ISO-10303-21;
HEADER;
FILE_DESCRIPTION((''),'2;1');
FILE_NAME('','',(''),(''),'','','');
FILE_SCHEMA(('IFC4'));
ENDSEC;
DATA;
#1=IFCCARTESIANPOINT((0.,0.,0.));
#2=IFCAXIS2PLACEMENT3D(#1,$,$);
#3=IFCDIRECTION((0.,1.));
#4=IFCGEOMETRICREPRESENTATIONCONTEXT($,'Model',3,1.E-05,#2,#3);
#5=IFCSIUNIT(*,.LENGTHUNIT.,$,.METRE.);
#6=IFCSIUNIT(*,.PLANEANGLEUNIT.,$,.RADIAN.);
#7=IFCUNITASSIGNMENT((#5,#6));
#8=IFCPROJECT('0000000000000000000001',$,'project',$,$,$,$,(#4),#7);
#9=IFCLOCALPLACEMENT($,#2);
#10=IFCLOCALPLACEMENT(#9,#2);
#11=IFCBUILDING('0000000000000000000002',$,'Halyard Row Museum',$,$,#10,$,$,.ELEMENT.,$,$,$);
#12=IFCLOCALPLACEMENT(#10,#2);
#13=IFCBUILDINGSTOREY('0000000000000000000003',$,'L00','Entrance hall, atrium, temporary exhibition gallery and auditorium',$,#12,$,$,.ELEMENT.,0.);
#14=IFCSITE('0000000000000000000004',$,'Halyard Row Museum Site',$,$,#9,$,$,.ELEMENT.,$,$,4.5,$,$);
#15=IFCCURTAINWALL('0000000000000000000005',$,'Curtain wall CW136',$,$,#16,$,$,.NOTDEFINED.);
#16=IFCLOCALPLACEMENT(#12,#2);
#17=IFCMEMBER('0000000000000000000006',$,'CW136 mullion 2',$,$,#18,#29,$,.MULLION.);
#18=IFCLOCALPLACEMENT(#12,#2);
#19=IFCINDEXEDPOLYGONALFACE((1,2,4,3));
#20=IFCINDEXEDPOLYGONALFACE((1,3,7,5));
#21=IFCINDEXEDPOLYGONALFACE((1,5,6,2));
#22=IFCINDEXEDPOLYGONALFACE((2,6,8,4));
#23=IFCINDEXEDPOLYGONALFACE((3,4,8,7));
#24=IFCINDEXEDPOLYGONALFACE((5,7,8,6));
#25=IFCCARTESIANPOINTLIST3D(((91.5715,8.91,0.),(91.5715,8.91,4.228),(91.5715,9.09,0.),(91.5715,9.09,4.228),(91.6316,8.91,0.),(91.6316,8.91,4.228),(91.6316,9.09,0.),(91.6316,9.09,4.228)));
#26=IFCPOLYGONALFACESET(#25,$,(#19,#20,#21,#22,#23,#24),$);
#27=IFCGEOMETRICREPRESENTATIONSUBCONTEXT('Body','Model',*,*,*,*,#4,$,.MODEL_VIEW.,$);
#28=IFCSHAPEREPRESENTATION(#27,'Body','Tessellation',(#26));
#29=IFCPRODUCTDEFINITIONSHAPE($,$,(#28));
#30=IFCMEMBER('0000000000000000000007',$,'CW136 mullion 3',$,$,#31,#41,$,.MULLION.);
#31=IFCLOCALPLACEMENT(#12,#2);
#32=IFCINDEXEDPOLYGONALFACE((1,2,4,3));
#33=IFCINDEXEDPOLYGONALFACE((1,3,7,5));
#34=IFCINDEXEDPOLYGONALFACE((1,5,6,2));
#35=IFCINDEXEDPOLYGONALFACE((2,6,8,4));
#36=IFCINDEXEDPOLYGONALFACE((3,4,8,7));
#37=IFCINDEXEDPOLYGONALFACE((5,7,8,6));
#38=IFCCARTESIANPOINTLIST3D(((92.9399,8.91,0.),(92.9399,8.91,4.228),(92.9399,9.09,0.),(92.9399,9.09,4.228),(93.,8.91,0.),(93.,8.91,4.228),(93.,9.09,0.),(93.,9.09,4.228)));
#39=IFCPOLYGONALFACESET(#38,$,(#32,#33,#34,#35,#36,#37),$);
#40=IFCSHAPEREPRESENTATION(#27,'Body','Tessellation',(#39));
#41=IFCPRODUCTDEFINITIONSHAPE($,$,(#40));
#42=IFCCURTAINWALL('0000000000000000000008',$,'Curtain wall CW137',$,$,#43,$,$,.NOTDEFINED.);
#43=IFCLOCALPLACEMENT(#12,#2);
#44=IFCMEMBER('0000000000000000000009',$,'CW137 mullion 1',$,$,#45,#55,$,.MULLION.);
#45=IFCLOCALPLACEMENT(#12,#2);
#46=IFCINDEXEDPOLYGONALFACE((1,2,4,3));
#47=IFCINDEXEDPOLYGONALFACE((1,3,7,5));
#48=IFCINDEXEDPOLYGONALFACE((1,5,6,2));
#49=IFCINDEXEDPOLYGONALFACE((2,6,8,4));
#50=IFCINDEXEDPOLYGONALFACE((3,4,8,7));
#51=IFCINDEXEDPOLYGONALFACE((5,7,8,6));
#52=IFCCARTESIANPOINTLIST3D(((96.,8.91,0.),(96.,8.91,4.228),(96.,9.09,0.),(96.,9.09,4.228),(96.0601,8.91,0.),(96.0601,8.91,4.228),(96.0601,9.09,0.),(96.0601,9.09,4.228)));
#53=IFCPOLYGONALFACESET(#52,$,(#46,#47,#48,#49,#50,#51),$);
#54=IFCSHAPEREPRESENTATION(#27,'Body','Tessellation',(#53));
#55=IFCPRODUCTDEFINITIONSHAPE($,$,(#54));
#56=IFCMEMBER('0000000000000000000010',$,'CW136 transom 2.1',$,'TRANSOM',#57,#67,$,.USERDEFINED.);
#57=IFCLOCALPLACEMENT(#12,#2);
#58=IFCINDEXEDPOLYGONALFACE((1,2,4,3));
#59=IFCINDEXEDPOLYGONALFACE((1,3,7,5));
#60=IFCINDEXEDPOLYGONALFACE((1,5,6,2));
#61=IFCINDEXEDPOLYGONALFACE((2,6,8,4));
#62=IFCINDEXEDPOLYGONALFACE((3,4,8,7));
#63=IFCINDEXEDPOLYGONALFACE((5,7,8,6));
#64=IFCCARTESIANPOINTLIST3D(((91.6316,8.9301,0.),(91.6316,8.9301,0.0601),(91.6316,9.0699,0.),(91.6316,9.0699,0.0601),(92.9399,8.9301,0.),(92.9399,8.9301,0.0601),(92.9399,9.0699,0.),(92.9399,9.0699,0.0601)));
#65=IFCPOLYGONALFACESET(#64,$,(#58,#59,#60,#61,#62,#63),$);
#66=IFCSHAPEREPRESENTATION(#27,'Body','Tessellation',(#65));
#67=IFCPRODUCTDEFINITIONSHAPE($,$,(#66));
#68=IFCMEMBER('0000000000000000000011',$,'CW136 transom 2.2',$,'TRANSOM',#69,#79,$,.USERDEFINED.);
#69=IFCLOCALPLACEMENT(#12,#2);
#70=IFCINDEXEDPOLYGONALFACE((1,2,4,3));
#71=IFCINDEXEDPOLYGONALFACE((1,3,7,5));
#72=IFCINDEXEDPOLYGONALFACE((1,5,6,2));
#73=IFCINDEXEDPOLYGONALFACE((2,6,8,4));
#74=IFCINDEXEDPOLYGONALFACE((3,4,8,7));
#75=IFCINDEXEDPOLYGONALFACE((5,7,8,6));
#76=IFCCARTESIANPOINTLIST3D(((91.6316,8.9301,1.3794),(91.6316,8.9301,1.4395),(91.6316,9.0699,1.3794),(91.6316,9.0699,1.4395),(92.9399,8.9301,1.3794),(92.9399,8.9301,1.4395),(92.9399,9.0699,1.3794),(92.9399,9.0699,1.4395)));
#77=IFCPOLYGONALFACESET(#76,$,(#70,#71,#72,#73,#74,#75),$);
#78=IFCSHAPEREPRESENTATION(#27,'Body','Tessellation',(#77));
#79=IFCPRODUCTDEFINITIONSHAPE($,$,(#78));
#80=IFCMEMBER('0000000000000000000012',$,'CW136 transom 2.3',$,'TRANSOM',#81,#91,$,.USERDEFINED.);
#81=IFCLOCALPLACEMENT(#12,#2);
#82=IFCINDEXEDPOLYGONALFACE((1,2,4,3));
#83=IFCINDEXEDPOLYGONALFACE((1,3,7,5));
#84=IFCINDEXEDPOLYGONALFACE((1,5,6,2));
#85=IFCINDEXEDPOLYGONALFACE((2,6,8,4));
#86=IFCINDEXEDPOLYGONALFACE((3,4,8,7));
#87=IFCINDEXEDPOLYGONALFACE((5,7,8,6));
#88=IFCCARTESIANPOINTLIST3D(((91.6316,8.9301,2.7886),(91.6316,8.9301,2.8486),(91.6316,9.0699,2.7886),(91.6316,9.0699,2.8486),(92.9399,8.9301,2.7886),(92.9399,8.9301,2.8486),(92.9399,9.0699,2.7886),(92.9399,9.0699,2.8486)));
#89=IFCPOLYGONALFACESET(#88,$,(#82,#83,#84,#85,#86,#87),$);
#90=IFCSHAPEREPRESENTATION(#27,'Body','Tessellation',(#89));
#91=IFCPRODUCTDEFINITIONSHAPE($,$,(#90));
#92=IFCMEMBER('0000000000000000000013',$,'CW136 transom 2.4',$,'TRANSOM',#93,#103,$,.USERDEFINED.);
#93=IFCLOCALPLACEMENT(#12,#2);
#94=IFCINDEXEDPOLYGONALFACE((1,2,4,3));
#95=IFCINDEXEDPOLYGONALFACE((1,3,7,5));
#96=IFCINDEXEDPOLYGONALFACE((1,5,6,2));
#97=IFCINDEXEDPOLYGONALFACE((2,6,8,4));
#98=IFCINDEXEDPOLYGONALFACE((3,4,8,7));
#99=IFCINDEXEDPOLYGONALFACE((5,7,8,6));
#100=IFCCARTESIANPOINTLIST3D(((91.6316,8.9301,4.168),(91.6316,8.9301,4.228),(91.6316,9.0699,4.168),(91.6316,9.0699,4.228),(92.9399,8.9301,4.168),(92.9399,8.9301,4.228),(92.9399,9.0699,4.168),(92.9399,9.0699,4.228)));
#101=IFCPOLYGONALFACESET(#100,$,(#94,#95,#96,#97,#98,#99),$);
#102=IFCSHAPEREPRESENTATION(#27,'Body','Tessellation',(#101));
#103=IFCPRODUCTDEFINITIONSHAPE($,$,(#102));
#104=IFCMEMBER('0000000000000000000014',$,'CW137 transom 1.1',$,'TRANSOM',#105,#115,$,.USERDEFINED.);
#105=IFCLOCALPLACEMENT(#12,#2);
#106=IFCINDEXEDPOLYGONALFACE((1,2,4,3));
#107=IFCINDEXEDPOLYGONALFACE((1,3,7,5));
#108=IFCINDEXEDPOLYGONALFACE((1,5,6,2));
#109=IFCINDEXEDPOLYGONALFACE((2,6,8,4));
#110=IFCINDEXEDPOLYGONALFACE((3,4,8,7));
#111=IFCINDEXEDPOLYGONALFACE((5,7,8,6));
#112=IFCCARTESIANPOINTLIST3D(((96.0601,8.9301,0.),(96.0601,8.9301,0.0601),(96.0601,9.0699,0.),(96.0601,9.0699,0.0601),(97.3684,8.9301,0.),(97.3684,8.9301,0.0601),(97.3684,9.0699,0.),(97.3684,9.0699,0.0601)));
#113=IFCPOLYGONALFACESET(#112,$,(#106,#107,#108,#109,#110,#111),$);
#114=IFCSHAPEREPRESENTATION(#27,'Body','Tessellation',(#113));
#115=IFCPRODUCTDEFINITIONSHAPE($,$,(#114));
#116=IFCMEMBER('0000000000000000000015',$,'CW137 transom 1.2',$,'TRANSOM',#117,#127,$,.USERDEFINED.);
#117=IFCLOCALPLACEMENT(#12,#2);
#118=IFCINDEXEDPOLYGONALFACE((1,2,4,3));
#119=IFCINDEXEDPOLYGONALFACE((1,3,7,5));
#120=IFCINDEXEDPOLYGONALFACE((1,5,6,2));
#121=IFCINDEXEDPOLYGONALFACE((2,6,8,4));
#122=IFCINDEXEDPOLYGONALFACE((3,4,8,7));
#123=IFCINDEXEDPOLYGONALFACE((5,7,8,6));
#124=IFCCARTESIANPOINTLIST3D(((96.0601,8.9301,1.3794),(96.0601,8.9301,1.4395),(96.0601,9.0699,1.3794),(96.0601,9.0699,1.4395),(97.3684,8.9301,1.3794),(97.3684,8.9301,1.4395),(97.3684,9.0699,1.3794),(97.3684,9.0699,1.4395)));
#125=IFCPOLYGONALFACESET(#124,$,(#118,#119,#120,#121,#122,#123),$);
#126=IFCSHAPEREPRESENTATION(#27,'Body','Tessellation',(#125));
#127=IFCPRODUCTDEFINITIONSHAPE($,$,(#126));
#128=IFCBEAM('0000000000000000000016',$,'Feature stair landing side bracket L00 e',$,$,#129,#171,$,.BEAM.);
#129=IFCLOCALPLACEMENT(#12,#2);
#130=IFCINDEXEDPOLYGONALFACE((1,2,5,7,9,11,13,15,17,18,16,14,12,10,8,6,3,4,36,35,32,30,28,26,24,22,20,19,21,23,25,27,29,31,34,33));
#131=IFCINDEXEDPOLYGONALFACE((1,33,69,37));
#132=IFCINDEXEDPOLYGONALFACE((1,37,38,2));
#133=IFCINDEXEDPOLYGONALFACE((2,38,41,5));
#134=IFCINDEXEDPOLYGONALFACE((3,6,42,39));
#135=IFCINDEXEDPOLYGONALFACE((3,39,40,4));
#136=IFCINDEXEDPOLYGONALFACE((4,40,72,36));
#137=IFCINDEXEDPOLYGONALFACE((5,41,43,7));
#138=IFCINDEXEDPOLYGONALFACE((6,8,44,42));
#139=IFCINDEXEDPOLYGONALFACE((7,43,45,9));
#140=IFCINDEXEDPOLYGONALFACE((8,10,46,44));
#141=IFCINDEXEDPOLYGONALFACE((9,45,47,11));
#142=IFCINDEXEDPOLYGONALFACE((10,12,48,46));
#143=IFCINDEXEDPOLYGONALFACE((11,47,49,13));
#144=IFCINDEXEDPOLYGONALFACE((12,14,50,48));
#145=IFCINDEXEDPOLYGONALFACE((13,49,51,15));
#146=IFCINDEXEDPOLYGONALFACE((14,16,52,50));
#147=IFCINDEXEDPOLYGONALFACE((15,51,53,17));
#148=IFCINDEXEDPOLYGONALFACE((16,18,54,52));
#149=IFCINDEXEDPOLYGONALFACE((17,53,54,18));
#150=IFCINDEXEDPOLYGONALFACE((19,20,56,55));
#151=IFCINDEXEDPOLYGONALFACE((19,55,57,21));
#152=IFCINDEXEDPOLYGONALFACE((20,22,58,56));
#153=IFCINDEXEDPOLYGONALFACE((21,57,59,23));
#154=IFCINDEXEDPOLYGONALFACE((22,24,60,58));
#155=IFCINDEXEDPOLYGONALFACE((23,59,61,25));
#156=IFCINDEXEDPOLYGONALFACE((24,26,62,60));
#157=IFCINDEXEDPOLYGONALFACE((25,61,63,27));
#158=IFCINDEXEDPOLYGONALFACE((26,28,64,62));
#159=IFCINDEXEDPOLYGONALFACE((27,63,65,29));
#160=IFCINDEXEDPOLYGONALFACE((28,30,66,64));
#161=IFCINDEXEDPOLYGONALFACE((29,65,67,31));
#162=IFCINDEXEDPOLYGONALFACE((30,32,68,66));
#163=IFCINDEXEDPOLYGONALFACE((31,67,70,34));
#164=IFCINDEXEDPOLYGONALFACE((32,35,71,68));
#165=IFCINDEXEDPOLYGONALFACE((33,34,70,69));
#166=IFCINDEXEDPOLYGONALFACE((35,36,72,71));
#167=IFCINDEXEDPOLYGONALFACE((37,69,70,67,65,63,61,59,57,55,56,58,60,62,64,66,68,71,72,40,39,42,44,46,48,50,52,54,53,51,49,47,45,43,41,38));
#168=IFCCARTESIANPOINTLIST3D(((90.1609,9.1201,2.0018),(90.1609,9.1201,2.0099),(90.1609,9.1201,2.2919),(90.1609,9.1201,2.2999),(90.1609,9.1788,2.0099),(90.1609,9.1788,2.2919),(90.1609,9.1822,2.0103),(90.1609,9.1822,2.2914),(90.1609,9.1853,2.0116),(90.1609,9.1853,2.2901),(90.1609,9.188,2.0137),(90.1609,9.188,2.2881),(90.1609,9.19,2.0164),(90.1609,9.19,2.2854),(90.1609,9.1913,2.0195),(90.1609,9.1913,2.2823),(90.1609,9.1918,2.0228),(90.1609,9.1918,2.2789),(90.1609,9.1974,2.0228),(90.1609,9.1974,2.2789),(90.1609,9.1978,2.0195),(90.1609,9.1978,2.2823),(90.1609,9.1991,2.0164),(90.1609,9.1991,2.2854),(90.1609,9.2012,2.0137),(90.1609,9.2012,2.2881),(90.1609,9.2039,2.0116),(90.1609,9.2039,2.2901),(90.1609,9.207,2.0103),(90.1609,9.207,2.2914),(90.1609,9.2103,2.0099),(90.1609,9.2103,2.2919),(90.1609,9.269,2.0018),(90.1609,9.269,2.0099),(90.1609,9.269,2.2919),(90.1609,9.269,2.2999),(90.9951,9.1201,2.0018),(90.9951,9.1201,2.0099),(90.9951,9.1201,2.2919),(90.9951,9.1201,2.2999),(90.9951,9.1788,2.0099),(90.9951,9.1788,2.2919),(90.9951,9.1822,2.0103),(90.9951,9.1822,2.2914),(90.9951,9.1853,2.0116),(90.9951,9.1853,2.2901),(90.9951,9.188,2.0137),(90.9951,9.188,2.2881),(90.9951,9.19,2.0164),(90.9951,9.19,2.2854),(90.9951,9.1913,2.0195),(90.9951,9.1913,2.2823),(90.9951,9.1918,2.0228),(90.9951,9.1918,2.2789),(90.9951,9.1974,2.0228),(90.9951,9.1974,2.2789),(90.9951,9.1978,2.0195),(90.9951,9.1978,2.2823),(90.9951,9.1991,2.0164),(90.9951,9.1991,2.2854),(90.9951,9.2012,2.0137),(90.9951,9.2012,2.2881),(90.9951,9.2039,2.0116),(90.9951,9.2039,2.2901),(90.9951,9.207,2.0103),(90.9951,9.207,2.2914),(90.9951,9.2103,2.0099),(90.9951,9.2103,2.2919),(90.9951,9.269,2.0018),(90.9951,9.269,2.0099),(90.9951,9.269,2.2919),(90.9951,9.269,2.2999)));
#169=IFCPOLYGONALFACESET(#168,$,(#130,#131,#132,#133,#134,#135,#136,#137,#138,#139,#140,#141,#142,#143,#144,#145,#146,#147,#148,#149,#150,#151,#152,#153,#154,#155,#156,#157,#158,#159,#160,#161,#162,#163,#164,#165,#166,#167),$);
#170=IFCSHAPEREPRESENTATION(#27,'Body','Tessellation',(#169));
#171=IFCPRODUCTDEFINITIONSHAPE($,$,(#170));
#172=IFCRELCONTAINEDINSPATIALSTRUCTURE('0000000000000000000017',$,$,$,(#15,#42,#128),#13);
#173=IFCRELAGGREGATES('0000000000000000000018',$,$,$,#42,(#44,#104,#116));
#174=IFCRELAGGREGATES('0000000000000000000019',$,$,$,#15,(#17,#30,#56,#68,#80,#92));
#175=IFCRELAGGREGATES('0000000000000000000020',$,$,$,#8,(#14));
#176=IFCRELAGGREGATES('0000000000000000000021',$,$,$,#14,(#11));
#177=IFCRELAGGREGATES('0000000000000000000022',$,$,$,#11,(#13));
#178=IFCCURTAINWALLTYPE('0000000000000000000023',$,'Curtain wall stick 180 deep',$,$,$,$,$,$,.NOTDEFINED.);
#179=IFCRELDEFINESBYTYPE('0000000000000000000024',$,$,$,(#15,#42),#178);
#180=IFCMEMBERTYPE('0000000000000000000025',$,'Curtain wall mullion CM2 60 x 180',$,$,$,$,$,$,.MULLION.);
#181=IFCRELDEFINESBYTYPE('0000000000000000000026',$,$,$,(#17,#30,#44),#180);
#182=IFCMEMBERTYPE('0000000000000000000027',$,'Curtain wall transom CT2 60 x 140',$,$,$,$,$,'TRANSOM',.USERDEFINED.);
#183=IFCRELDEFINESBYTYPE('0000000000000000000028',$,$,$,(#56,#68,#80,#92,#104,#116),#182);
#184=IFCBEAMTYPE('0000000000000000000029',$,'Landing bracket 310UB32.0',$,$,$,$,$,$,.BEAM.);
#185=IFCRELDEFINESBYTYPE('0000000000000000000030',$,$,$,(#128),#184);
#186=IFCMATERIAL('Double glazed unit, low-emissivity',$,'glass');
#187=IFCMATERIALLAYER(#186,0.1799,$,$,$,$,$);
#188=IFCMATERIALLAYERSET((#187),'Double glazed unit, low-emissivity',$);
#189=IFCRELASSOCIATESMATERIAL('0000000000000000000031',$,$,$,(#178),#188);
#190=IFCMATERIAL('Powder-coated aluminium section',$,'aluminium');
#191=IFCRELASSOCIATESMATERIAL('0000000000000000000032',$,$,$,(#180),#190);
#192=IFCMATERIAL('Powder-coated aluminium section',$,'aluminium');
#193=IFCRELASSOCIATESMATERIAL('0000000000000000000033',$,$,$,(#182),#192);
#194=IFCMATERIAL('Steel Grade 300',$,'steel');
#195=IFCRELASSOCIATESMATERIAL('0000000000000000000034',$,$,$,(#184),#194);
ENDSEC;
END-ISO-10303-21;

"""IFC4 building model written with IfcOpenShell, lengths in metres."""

from ifc_helpers import new_model, si_unit, direction, frame, origin, origin_2d, place, context, subcontext, project, spatial, rectangle, i_section, extrude, material, layer, layer_set, material_profile, profile_set, type_object, element, aggregate, save


model = new_model("IFC4")

# Units and contexts
model_context = context("Model", 3, precision=1e-05, world=origin(), true_north=direction((0.0, 1.0)))
body_context = subcontext(model_context, "Body", "Model", "MODEL_VIEW")
ifc_project = project(units=[si_unit("LENGTHUNIT", "METRE"), si_unit("PLANEANGLEUNIT", "RADIAN")], contexts=[model_context])

# Site, building, storey
site_placement = place(None, origin())
site = spatial("IfcSite", under=ifc_project, at=site_placement, Name="Halyard Row Museum Site", CompositionType="ELEMENT", RefElevation=4.5)
building_placement = place(site_placement, origin())
building = spatial("IfcBuilding", under=site, at=building_placement, Name="Halyard Row Museum", CompositionType="ELEMENT")
storey_placement = place(building_placement, origin())
storey = spatial("IfcBuildingStorey", under=building, at=storey_placement, Name="L00", Description="Entrance hall, atrium, temporary exhibition gallery and auditorium", CompositionType="ELEMENT", Elevation=0.0)

# Curtain wall, members
ifc_material_1 = material(Name="Double glazed unit, low-emissivity", Category="glass")
ifc_layer_1 = layer(ifc_material_1, 0.1799)
ifc_layer_set_1 = layer_set([ifc_layer_1], Name="Double glazed unit, low-emissivity")
curtain_wall_type = type_object("IfcCurtainWallType", Name="Curtain wall stick 180 deep", PredefinedType="NOTDEFINED", material=ifc_layer_set_1)
curtain_wall_1_placement = place(storey_placement, origin())
curtain_wall_1 = element("IfcCurtainWall", 1, at=curtain_wall_1_placement, inside=storey, type_object=curtain_wall_type, Name="Curtain wall CW136", PredefinedType="NOTDEFINED")
ifc_material_2 = material(Name="Powder-coated aluminium section", Category="aluminium")
ifc_material_profile_1 = material_profile(ifc_material_2, rectangle(XDim=0.1799, YDim=0.0601, at=origin_2d()), Name="180x60 mullion")
ifc_profile_set_1 = profile_set([ifc_material_profile_1], Name="Powder-coated aluminium section")
member_type_1 = type_object("IfcMemberType", Name="Curtain wall mullion CM2 60 x 180", PredefinedType="MULLION", material=ifc_profile_set_1)
member_1_placement = place(storey_placement, frame((91.6016, 9.0, 0.0), z_axis=(0.0, 0.0, 1.0), x_axis=(0.0, 1.0, 0.0)))
member_1 = element("IfcMember", 2, at=member_1_placement, type_object=member_type_1, Name="CW136 mullion 2", PredefinedType="MULLION", context=body_context, shape_type="SweptSolid", body=[
    extrude(rectangle(XDim=0.1799, YDim=0.0601, at=origin_2d()), origin(), (0.0, 0.0, 1.0), 4.228),
])
member_2_placement = place(storey_placement, frame((92.97, 9.0, 0.0), z_axis=(0.0, 0.0, 1.0), x_axis=(0.0, 1.0, 0.0)))
member_2 = element("IfcMember", 3, at=member_2_placement, type_object=member_type_1, Name="CW136 mullion 3", PredefinedType="MULLION", context=body_context, shape_type="SweptSolid", body=[
    extrude(rectangle(XDim=0.1799, YDim=0.0601, at=origin_2d()), origin(), (0.0, 0.0, 1.0), 4.228),
])

# Curtain wall, member
curtain_wall_2_placement = place(storey_placement, origin())
curtain_wall_2 = element("IfcCurtainWall", 4, at=curtain_wall_2_placement, inside=storey, type_object=curtain_wall_type, Name="Curtain wall CW137", PredefinedType="NOTDEFINED")
member_3_placement = place(storey_placement, frame((96.03, 9.0, 0.0), z_axis=(0.0, 0.0, 1.0), x_axis=(0.0, 1.0, 0.0)))
member_3 = element("IfcMember", 5, at=member_3_placement, type_object=member_type_1, Name="CW137 mullion 1", PredefinedType="MULLION", context=body_context, shape_type="SweptSolid", body=[
    extrude(rectangle(XDim=0.1799, YDim=0.0601, at=origin_2d()), origin(), (0.0, 0.0, 1.0), 4.228),
])

# Members
ifc_material_3 = material(Name="Powder-coated aluminium section", Category="aluminium")
ifc_material_profile_2 = material_profile(ifc_material_3, rectangle(XDim=0.1399, YDim=0.0601, at=origin_2d()), Name="140x60 transom")
ifc_profile_set_2 = profile_set([ifc_material_profile_2], Name="Powder-coated aluminium section")
member_type_2 = type_object("IfcMemberType", Name="Curtain wall transom CT2 60 x 140", ElementType="TRANSOM", PredefinedType="USERDEFINED", material=ifc_profile_set_2)
member_4_placement = place(storey_placement, frame((91.6316, 9.0, 0.03), z_axis=(1.0, 0.0, 0.0), x_axis=(0.0, 1.0, 0.0)))
member_4 = element("IfcMember", 6, at=member_4_placement, type_object=member_type_2, Name="CW136 transom 2.1", ObjectType="TRANSOM", PredefinedType="USERDEFINED", context=body_context, shape_type="SweptSolid", body=[
    extrude(rectangle(XDim=0.1399, YDim=0.0601, at=origin_2d()), origin(), (0.0, 0.0, 1.0), 1.3083),
])
member_5_placement = place(storey_placement, frame((91.6316, 9.0, 1.4094), z_axis=(1.0, 0.0, 0.0), x_axis=(0.0, 1.0, 0.0)))
member_5 = element("IfcMember", 7, at=member_5_placement, type_object=member_type_2, Name="CW136 transom 2.2", ObjectType="TRANSOM", PredefinedType="USERDEFINED", context=body_context, shape_type="SweptSolid", body=[
    extrude(rectangle(XDim=0.1399, YDim=0.0601, at=origin_2d()), origin(), (0.0, 0.0, 1.0), 1.3083),
])
member_6_placement = place(storey_placement, frame((91.6316, 9.0, 2.8186), z_axis=(1.0, 0.0, 0.0), x_axis=(0.0, 1.0, 0.0)))
member_6 = element("IfcMember", 8, at=member_6_placement, type_object=member_type_2, Name="CW136 transom 2.3", ObjectType="TRANSOM", PredefinedType="USERDEFINED", context=body_context, shape_type="SweptSolid", body=[
    extrude(rectangle(XDim=0.1399, YDim=0.0601, at=origin_2d()), origin(), (0.0, 0.0, 1.0), 1.3083),
])
member_7_placement = place(storey_placement, frame((91.6316, 9.0, 4.198), z_axis=(1.0, 0.0, 0.0), x_axis=(0.0, 1.0, 0.0)))
member_7 = element("IfcMember", 9, at=member_7_placement, type_object=member_type_2, Name="CW136 transom 2.4", ObjectType="TRANSOM", PredefinedType="USERDEFINED", context=body_context, shape_type="SweptSolid", body=[
    extrude(rectangle(XDim=0.1399, YDim=0.0601, at=origin_2d()), origin(), (0.0, 0.0, 1.0), 1.3083),
])
member_8_placement = place(storey_placement, frame((96.0601, 9.0, 0.03), z_axis=(1.0, 0.0, 0.0), x_axis=(0.0, 1.0, 0.0)))
member_8 = element("IfcMember", 10, at=member_8_placement, type_object=member_type_2, Name="CW137 transom 1.1", ObjectType="TRANSOM", PredefinedType="USERDEFINED", context=body_context, shape_type="SweptSolid", body=[
    extrude(rectangle(XDim=0.1399, YDim=0.0601, at=origin_2d()), origin(), (0.0, 0.0, 1.0), 1.3083),
])
member_9_placement = place(storey_placement, frame((96.0601, 9.0, 1.4094), z_axis=(1.0, 0.0, 0.0), x_axis=(0.0, 1.0, 0.0)))
member_9 = element("IfcMember", 11, at=member_9_placement, type_object=member_type_2, Name="CW137 transom 1.2", ObjectType="TRANSOM", PredefinedType="USERDEFINED", context=body_context, shape_type="SweptSolid", body=[
    extrude(rectangle(XDim=0.1399, YDim=0.0601, at=origin_2d()), origin(), (0.0, 0.0, 1.0), 1.3083),
])
aggregate(curtain_wall_2, [member_3, member_8, member_9])

# Beam
ifc_material_4 = material(Name="Steel Grade 300", Category="steel")
ifc_material_profile_3 = material_profile(ifc_material_4, i_section(OverallWidth=0.1489, OverallDepth=0.2981, WebThickness=0.0056, FlangeThickness=0.0081, FilletRadius=0.0129, at=origin_2d()), Name="310UB32.0")
ifc_profile_set_3 = profile_set([ifc_material_profile_3], Name="Steel Grade 300")
beam_type_1 = type_object("IfcBeamType", Name="Landing bracket 310UB32.0", PredefinedType="BEAM", material=ifc_profile_set_3)
beam_placement = place(storey_placement, frame((90.9951, 9.1946, 2.1509), z_axis=(-1.0, 0.0, 0.0), x_axis=(0.0, -1.0, 0.0)))
element("IfcBeam", 12, at=beam_placement, inside=storey, type_object=beam_type_1, Name="Feature stair landing side bracket L00 e", PredefinedType="BEAM", context=body_context, shape_type="SweptSolid", body=[
    extrude(i_section(OverallWidth=0.1489, OverallDepth=0.2981, WebThickness=0.0056, FlangeThickness=0.0081, FilletRadius=0.0129, at=origin_2d()), origin(), (0.0, 0.0, 1.0), 0.8342),
])

aggregate(curtain_wall_1, [member_1, member_2, member_4, member_5, member_6, member_7])

save(model, "model.ifc")
